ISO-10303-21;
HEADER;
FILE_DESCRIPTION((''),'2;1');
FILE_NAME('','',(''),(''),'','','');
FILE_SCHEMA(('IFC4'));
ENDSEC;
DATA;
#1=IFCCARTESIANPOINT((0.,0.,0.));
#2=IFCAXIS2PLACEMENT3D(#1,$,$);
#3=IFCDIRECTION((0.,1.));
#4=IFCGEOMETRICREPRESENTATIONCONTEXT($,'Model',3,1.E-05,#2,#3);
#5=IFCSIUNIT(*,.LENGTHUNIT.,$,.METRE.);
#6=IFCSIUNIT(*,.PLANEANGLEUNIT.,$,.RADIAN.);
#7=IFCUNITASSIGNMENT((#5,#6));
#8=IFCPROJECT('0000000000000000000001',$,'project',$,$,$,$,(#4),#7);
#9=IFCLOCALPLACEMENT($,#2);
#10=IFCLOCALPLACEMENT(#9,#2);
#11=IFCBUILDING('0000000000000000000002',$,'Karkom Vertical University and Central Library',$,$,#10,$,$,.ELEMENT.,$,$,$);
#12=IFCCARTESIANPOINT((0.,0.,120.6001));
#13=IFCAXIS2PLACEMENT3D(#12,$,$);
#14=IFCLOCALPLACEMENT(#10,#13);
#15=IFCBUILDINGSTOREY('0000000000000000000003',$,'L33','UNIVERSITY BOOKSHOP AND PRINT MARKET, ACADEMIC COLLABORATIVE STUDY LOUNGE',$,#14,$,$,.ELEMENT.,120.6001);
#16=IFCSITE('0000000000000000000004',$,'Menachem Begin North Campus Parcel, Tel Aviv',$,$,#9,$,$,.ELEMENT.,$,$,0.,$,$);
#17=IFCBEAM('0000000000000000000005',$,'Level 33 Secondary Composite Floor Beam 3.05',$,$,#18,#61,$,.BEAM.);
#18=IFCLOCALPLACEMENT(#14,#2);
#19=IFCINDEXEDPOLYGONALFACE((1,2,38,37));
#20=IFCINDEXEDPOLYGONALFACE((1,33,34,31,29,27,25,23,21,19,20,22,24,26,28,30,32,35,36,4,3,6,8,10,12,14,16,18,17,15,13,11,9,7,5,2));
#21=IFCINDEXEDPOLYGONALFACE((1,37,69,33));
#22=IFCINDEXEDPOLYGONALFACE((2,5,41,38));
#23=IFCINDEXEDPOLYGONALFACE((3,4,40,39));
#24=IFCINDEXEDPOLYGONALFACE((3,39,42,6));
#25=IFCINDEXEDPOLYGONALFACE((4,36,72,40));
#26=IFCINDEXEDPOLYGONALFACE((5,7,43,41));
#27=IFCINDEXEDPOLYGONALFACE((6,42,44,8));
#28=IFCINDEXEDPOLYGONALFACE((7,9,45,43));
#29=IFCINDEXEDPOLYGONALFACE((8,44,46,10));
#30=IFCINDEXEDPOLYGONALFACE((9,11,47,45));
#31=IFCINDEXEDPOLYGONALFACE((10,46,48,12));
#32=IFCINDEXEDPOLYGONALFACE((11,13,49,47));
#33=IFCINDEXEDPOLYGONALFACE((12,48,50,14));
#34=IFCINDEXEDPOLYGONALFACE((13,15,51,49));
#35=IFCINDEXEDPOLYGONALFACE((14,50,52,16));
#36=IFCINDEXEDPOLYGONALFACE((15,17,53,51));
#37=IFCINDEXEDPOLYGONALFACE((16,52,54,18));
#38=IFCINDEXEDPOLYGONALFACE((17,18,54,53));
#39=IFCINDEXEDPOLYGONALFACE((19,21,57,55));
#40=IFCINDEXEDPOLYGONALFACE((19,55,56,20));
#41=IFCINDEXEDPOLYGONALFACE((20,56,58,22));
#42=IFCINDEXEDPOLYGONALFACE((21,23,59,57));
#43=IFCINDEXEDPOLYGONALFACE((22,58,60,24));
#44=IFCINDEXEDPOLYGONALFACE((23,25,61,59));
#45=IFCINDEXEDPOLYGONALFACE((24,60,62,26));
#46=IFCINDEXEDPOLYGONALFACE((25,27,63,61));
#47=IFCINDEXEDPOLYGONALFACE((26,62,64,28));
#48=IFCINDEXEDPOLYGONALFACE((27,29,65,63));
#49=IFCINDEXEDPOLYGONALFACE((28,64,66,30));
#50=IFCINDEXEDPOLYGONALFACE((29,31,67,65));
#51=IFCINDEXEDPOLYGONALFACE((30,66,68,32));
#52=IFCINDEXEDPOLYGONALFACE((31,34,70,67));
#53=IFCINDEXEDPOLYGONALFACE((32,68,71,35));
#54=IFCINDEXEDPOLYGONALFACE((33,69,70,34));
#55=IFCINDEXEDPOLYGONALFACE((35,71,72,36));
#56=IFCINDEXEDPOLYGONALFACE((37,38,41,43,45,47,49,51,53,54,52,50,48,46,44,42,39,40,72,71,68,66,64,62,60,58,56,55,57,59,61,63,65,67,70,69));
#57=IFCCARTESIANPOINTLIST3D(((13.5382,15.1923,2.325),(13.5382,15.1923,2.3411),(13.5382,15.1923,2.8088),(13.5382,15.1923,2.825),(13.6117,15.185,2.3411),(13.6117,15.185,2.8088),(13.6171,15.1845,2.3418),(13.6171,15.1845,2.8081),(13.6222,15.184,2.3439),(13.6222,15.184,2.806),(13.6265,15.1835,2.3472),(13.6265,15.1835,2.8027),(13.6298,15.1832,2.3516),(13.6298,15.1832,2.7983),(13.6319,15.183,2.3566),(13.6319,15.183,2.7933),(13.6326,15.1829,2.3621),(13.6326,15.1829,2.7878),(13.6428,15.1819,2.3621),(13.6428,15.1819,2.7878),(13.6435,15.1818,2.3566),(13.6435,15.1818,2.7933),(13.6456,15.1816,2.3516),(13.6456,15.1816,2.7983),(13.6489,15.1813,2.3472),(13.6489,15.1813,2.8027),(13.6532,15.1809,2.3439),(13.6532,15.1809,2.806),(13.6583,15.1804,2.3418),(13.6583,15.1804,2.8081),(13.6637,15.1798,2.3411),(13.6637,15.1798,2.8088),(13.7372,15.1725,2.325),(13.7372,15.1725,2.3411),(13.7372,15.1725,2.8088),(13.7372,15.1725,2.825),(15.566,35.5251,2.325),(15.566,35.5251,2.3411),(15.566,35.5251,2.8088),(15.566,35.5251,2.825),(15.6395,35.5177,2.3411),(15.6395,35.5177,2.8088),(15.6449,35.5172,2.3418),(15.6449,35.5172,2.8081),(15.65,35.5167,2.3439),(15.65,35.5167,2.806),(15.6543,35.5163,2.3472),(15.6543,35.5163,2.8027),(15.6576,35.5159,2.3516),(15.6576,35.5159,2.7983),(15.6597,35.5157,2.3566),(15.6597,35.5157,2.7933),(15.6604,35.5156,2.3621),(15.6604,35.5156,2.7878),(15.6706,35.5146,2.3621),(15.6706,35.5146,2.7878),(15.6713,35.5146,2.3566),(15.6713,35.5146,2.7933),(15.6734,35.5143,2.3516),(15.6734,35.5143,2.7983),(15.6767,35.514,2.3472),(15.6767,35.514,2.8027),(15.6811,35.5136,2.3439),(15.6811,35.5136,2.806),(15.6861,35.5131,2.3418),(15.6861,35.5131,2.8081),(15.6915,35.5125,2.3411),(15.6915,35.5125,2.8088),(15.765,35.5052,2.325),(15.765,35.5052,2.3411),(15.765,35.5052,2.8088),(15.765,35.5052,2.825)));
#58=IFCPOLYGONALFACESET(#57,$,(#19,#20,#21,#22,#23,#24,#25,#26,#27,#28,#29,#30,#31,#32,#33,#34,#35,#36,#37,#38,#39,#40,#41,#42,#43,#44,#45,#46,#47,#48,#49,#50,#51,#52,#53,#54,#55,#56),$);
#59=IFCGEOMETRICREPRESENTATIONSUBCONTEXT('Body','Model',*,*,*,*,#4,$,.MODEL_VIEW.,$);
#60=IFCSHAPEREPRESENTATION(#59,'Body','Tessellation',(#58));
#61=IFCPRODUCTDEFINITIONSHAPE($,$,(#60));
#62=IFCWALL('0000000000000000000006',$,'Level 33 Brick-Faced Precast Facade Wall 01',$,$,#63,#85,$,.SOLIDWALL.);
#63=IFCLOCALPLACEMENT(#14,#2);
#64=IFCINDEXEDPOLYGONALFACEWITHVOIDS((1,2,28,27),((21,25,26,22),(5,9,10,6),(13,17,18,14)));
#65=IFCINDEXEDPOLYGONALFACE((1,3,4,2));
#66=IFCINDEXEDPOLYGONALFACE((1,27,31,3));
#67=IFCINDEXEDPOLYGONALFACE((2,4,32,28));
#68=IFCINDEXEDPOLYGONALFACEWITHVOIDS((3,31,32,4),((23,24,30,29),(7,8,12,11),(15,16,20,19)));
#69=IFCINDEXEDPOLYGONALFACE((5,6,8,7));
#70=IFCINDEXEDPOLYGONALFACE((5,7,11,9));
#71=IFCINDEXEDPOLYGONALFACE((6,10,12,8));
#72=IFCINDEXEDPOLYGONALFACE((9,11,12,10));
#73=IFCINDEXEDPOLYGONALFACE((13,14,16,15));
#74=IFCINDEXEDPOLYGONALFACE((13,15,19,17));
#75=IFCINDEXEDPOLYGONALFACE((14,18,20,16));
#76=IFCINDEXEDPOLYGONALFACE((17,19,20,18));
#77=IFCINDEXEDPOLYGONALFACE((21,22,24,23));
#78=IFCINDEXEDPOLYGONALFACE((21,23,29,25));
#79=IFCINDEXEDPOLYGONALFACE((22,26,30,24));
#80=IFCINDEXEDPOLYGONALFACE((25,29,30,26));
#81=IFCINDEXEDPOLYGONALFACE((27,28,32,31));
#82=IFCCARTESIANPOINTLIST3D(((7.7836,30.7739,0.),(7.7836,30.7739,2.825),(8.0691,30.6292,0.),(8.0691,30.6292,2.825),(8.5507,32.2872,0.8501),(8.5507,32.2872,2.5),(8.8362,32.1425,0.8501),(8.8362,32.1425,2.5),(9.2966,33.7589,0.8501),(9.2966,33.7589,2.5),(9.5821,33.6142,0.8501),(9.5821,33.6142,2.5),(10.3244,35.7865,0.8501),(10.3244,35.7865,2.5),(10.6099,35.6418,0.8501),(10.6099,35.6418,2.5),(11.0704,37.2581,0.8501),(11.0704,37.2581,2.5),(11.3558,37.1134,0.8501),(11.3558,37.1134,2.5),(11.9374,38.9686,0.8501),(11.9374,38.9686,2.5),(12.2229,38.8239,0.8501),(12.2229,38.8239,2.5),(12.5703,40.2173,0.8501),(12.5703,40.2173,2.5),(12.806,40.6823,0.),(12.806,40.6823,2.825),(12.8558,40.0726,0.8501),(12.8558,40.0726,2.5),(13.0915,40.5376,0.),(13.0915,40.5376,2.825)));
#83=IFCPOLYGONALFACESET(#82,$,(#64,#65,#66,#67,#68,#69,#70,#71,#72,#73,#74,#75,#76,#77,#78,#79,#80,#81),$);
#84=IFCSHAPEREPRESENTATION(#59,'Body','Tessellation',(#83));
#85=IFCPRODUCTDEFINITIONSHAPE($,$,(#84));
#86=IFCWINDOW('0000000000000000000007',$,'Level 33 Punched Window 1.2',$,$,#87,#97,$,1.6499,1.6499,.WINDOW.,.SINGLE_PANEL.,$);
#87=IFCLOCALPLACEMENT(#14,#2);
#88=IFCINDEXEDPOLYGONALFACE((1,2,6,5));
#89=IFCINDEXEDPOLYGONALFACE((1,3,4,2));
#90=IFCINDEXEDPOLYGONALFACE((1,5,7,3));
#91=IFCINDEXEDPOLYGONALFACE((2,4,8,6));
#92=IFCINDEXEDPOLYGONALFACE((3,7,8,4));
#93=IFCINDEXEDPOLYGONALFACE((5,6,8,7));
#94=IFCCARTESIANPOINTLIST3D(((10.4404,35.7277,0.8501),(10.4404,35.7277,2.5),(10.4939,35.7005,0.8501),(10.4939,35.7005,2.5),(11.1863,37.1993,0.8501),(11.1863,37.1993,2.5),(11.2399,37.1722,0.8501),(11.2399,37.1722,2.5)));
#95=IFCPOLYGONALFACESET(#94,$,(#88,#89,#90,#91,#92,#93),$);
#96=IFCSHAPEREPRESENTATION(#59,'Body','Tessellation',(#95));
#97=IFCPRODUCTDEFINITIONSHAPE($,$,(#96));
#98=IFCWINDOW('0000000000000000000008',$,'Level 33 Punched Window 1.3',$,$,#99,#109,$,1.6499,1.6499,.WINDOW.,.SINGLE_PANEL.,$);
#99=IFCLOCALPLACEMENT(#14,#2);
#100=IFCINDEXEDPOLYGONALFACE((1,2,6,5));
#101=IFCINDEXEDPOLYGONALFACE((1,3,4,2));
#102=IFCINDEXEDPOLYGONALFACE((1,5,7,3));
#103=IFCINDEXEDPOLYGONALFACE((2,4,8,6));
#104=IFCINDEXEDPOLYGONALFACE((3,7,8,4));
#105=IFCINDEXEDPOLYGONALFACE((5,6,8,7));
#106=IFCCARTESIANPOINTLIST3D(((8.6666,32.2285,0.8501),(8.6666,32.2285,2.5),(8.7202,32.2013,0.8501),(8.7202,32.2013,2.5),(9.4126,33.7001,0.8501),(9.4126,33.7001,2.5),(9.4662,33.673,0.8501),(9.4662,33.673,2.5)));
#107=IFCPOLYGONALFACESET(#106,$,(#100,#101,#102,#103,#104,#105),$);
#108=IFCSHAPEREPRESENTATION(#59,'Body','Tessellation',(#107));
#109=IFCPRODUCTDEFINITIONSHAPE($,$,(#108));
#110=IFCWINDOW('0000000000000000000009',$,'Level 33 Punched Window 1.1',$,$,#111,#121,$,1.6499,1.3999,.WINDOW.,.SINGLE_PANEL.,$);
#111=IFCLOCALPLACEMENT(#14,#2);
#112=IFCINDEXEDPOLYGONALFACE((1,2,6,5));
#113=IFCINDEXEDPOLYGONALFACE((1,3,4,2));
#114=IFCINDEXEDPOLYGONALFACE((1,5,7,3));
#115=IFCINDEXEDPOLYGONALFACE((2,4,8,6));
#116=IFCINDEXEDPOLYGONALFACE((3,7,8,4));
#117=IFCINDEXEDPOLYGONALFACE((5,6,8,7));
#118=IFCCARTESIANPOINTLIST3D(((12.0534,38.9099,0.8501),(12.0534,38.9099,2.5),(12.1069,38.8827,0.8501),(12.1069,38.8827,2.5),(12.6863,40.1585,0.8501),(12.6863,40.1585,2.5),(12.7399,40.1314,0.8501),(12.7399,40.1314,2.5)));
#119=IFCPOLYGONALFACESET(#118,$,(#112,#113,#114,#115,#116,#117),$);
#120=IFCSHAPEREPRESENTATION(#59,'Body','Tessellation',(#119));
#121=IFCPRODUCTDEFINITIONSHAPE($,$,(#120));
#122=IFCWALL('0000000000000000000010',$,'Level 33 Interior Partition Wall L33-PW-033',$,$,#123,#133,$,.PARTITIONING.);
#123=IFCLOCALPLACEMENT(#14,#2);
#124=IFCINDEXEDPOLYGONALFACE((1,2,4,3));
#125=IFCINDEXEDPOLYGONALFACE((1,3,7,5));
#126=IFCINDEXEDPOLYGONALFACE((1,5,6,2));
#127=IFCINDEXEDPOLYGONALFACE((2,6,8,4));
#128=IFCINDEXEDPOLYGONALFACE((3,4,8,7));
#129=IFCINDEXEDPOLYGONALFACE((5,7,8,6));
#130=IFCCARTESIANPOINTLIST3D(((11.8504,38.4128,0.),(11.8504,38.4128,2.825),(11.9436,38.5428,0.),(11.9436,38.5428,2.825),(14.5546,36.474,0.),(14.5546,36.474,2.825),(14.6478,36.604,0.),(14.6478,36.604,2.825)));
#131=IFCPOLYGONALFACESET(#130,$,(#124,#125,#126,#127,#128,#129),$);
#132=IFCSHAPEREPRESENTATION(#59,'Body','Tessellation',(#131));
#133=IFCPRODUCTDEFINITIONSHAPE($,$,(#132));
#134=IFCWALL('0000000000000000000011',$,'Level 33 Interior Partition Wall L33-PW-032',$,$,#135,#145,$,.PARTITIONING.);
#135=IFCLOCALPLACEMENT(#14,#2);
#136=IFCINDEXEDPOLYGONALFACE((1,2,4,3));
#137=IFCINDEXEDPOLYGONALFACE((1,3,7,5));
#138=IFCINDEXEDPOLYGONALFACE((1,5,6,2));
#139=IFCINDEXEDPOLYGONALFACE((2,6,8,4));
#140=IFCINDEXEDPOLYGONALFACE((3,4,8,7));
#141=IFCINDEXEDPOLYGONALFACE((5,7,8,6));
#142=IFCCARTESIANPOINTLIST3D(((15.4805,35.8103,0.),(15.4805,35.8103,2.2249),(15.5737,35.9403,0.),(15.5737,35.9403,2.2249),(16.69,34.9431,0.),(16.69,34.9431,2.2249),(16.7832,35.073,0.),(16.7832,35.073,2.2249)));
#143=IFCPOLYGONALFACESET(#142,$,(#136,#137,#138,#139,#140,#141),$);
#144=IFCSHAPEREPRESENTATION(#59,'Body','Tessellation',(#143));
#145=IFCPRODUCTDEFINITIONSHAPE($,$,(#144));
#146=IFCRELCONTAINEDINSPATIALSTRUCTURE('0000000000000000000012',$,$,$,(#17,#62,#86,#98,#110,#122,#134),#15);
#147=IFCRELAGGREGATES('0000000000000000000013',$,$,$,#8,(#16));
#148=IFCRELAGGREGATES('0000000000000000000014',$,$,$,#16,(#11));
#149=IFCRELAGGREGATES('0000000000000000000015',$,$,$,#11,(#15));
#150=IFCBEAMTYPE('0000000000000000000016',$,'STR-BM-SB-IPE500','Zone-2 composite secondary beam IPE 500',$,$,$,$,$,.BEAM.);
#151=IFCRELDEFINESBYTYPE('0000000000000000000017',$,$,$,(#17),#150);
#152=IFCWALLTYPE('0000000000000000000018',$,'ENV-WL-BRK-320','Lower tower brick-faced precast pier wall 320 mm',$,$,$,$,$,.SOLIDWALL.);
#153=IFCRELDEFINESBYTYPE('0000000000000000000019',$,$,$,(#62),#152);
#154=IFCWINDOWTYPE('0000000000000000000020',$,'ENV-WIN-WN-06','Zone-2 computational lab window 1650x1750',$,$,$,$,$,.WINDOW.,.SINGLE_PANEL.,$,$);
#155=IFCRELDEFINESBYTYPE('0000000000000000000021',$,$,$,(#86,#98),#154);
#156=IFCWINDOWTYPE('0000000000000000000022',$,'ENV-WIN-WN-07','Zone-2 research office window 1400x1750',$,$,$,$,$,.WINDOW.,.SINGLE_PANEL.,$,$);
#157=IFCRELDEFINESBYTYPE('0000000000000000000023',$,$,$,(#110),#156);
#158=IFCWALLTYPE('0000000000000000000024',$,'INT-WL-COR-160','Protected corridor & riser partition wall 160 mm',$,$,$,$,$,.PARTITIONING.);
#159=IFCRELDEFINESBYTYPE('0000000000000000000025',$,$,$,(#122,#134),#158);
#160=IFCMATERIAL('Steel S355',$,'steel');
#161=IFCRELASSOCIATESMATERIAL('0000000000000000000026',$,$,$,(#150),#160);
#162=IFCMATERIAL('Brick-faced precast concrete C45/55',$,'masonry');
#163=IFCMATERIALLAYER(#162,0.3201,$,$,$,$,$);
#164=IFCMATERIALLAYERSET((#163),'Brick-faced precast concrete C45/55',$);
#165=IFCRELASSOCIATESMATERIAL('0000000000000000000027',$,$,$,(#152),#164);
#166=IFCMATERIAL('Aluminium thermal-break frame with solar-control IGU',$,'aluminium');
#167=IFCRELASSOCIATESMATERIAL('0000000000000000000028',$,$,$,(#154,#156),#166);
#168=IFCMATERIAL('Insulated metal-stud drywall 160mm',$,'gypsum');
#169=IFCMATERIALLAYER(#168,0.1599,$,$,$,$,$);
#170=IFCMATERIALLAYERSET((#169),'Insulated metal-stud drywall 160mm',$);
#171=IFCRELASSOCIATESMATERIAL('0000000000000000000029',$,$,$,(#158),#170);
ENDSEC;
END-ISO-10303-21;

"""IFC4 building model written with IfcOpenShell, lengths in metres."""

from ifc_helpers import new_model, si_unit, direction, frame, frame_2d, origin, origin_with_axes, origin_2d, place, context, subcontext, project, spatial, rectangle, i_section, extrude, source, transform, mapped, material, layer, layer_set, material_profile, profile_set, type_object, element, fill, save


model = new_model("IFC4")

# Units and contexts
model_context = context("Model", 3, precision=1e-05, world=origin(), true_north=direction((0.0, 1.0)))
body_context = subcontext(model_context, "Body", "Model", "MODEL_VIEW")
ifc_project = project(units=[si_unit("LENGTHUNIT", "METRE"), si_unit("PLANEANGLEUNIT", "RADIAN")], contexts=[model_context])

# Site, building, storey
site_placement = place(None, origin())
site = spatial("IfcSite", under=ifc_project, at=site_placement, Name="Menachem Begin North Campus Parcel, Tel Aviv", CompositionType="ELEMENT", RefElevation=0.0)
building_placement = place(site_placement, origin())
building = spatial("IfcBuilding", under=site, at=building_placement, Name="Karkom Vertical University and Central Library", CompositionType="ELEMENT")
storey_placement = place(building_placement, frame((0.0, 0.0, 120.6001)))
storey = spatial("IfcBuildingStorey", under=building, at=storey_placement, Name="L33", Description="UNIVERSITY BOOKSHOP AND PRINT MARKET, ACADEMIC COLLABORATIVE STUDY LOUNGE", CompositionType="ELEMENT", Elevation=120.6001)

# Beam
ifc_material_1 = material(Name="Steel S355", Category="steel")
ifc_material_profile_1 = material_profile(ifc_material_1, i_section(OverallWidth=0.2, OverallDepth=0.5, WebThickness=0.0103, FlangeThickness=0.0161, FilletRadius=0.021, at=origin_2d()), Name="IPE 500")
ifc_profile_set_1 = profile_set([ifc_material_profile_1], Name="Steel S355")
beam_type_1 = type_object("IfcBeamType", Name="STR-BM-SB-IPE500", Description="Zone-2 composite secondary beam IPE 500", PredefinedType="BEAM", material=ifc_profile_set_1)
shared_shape_1 = source(origin_with_axes(), body_context, "Body", "SweptSolid", [
    extrude(i_section(OverallWidth=0.2, OverallDepth=0.5, WebThickness=0.0103, FlangeThickness=0.0161, FilletRadius=0.021, at=origin_2d()), origin(), (0.0, 0.0, 1.0), 20.4336),
])
beam_1_placement = place(storey_placement, frame((15.6655, 35.5151, 2.575), z_axis=(-0.09924, -0.995064, 0.0), x_axis=(0.995064, -0.09924, 0.0)))
element("IfcBeam", 1, at=beam_1_placement, inside=storey, type_object=beam_type_1, Name="Level 33 Secondary Composite Floor Beam 3.05", PredefinedType="BEAM", context=body_context, shape_type="MappedRepresentation", body=[
    mapped(shared_shape_1, transform((0.0, 0.0, 0.0), scale=1.0)),
])

# Wall, openings, windows
ifc_material_2 = material(Name="Brick-faced precast concrete C45/55", Category="masonry")
ifc_layer_1 = layer(ifc_material_2, 0.3201)
ifc_layer_set_1 = layer_set([ifc_layer_1], Name="Brick-faced precast concrete C45/55")
wall_type_1 = type_object("IfcWallType", Name="ENV-WL-BRK-320", Description="Lower tower brick-faced precast pier wall 320 mm", PredefinedType="SOLIDWALL", material=ifc_layer_set_1)
wall_1_placement = place(storey_placement, frame((12.9487, 40.6099, 0.0), z_axis=(0.0, 0.0, 1.0), x_axis=(-0.452121, -0.891957, 0.0)))
wall_1 = element("IfcWall", 2, at=wall_1_placement, inside=storey, type_object=wall_type_1, Name="Level 33 Brick-Faced Precast Facade Wall 01", PredefinedType="SOLIDWALL", context=body_context, shape_type="SweptSolid", body=[
    extrude(rectangle(XDim=11.1086, YDim=0.3201, at=frame_2d((5.5542, 0.0))), origin(), (0.0, 0.0, 1.0), 2.825),
])
opening_1_placement = place(wall_1_placement, frame((0.5212, 0.0, 0.8501)))
opening_1 = element("IfcOpeningElement", 3, at=opening_1_placement, cuts=wall_1, PredefinedType="OPENING", context=body_context, shape_type="SweptSolid", body=[
    extrude(rectangle(XDim=1.3999, YDim=1.6499, at=frame_2d((0.7, 0.825))), frame((0.0, 0.1699, 0.0), z_axis=(0.0, -1.0, 0.0), x_axis=(1.0, 0.0, 0.0)), (0.0, 0.0, 1.0), 0.3401),
])
opening_2_placement = place(wall_1_placement, frame((3.8389, 0.0, 0.8501)))
opening_2 = element("IfcOpeningElement", 4, at=opening_2_placement, cuts=wall_1, PredefinedType="OPENING", context=body_context, shape_type="SweptSolid", body=[
    extrude(rectangle(XDim=1.6499, YDim=1.6499, at=frame_2d((0.825, 0.825))), frame((0.0, 0.1699, 0.0), z_axis=(0.0, -1.0, 0.0), x_axis=(1.0, 0.0, 0.0)), (0.0, 0.0, 1.0), 0.3401),
])
opening_3_placement = place(wall_1_placement, frame((7.762, 0.0, 0.8501)))
opening_3 = element("IfcOpeningElement", 5, at=opening_3_placement, cuts=wall_1, PredefinedType="OPENING", context=body_context, shape_type="SweptSolid", body=[
    extrude(rectangle(XDim=1.6499, YDim=1.6499, at=frame_2d((0.825, 0.825))), frame((0.0, 0.1699, 0.0), z_axis=(0.0, -1.0, 0.0), x_axis=(1.0, 0.0, 0.0)), (0.0, 0.0, 1.0), 0.3401),
])
ifc_material_3 = material(Name="Aluminium thermal-break frame with solar-control IGU", Category="aluminium")
window_type_1 = type_object("IfcWindowType", Name="ENV-WIN-WN-06", Description="Zone-2 computational lab window 1650x1750", PartitioningType="SINGLE_PANEL", PredefinedType="WINDOW", material=ifc_material_3)
shared_shape_2 = source(origin_with_axes(), body_context, "Body", "SweptSolid", [
    extrude(rectangle(XDim=1.6499, YDim=1.6499, at=frame_2d((0.825, 0.825))), frame((0.0, 0.03, 0.0), z_axis=(0.0, -1.0, 0.0), x_axis=(1.0, 0.0, 0.0)), (0.0, 0.0, 1.0), 0.0601),
])
window_1_placement = place(opening_2_placement, origin())
window_1 = element("IfcWindow", 6, at=window_1_placement, inside=storey, type_object=window_type_1, Name="Level 33 Punched Window 1.2", OverallHeight=1.6499, OverallWidth=1.6499, PartitioningType="SINGLE_PANEL", PredefinedType="WINDOW", context=body_context, shape_type="MappedRepresentation", body=[
    mapped(shared_shape_2, transform((0.0, 0.0, 0.0), scale=1.0)),
])
fill(opening_2, window_1)
window_2_placement = place(opening_3_placement, origin())
window_2 = element("IfcWindow", 7, at=window_2_placement, inside=storey, type_object=window_type_1, Name="Level 33 Punched Window 1.3", OverallHeight=1.6499, OverallWidth=1.6499, PartitioningType="SINGLE_PANEL", PredefinedType="WINDOW", context=body_context, shape_type="MappedRepresentation", body=[
    mapped(shared_shape_2, transform((0.0, 0.0, 0.0), scale=1.0)),
])
fill(opening_3, window_2)
window_type_2 = type_object("IfcWindowType", Name="ENV-WIN-WN-07", Description="Zone-2 research office window 1400x1750", PartitioningType="SINGLE_PANEL", PredefinedType="WINDOW", material=ifc_material_3)
shared_shape_3 = source(origin_with_axes(), body_context, "Body", "SweptSolid", [
    extrude(rectangle(XDim=1.3999, YDim=1.6499, at=frame_2d((0.7, 0.825))), frame((0.0, 0.03, 0.0), z_axis=(0.0, -1.0, 0.0), x_axis=(1.0, 0.0, 0.0)), (0.0, 0.0, 1.0), 0.0601),
])
window_3_placement = place(opening_1_placement, origin())
window_3 = element("IfcWindow", 8, at=window_3_placement, inside=storey, type_object=window_type_2, Name="Level 33 Punched Window 1.1", OverallHeight=1.6499, OverallWidth=1.3999, PartitioningType="SINGLE_PANEL", PredefinedType="WINDOW", context=body_context, shape_type="MappedRepresentation", body=[
    mapped(shared_shape_3, transform((0.0, 0.0, 0.0), scale=1.0)),
])
fill(opening_1, window_3)

# Shared definitions
ifc_material_4 = material(Name="Insulated metal-stud drywall 160mm", Category="gypsum")
ifc_layer_2 = layer(ifc_material_4, 0.1599)
ifc_layer_set_2 = layer_set([ifc_layer_2], Name="Insulated metal-stud drywall 160mm")
wall_type_2 = type_object("IfcWallType", Name="INT-WL-COR-160", Description="Protected corridor & riser partition wall 160 mm", PredefinedType="PARTITIONING", material=ifc_layer_set_2)

# Walls
wall_2_placement = place(storey_placement, frame((14.6011, 36.5391, 0.0), z_axis=(0.0, 0.0, 1.0), x_axis=(-0.812706, 0.582674, 0.0)))
element("IfcWall", 9, at=wall_2_placement, inside=storey, type_object=wall_type_2, Name="Level 33 Interior Partition Wall L33-PW-033", PredefinedType="PARTITIONING", context=body_context, shape_type="SweptSolid", body=[
    extrude(rectangle(XDim=3.3274, YDim=0.1599, at=frame_2d((1.6636, 0.0))), origin(), (0.0, 0.0, 1.0), 2.825),
])
wall_3_placement = place(storey_placement, frame((16.7366, 35.0081, 0.0), z_axis=(0.0, 0.0, 1.0), x_axis=(-0.81269, 0.582696, 0.0)))
element("IfcWall", 10, at=wall_3_placement, inside=storey, type_object=wall_type_2, Name="Level 33 Interior Partition Wall L33-PW-032", PredefinedType="PARTITIONING", context=body_context, shape_type="SweptSolid", body=[
    extrude(rectangle(XDim=1.4883, YDim=0.1599, at=frame_2d((0.7441, 0.0))), origin(), (0.0, 0.0, 1.0), 2.2249),
])

save(model, "model.ifc")
